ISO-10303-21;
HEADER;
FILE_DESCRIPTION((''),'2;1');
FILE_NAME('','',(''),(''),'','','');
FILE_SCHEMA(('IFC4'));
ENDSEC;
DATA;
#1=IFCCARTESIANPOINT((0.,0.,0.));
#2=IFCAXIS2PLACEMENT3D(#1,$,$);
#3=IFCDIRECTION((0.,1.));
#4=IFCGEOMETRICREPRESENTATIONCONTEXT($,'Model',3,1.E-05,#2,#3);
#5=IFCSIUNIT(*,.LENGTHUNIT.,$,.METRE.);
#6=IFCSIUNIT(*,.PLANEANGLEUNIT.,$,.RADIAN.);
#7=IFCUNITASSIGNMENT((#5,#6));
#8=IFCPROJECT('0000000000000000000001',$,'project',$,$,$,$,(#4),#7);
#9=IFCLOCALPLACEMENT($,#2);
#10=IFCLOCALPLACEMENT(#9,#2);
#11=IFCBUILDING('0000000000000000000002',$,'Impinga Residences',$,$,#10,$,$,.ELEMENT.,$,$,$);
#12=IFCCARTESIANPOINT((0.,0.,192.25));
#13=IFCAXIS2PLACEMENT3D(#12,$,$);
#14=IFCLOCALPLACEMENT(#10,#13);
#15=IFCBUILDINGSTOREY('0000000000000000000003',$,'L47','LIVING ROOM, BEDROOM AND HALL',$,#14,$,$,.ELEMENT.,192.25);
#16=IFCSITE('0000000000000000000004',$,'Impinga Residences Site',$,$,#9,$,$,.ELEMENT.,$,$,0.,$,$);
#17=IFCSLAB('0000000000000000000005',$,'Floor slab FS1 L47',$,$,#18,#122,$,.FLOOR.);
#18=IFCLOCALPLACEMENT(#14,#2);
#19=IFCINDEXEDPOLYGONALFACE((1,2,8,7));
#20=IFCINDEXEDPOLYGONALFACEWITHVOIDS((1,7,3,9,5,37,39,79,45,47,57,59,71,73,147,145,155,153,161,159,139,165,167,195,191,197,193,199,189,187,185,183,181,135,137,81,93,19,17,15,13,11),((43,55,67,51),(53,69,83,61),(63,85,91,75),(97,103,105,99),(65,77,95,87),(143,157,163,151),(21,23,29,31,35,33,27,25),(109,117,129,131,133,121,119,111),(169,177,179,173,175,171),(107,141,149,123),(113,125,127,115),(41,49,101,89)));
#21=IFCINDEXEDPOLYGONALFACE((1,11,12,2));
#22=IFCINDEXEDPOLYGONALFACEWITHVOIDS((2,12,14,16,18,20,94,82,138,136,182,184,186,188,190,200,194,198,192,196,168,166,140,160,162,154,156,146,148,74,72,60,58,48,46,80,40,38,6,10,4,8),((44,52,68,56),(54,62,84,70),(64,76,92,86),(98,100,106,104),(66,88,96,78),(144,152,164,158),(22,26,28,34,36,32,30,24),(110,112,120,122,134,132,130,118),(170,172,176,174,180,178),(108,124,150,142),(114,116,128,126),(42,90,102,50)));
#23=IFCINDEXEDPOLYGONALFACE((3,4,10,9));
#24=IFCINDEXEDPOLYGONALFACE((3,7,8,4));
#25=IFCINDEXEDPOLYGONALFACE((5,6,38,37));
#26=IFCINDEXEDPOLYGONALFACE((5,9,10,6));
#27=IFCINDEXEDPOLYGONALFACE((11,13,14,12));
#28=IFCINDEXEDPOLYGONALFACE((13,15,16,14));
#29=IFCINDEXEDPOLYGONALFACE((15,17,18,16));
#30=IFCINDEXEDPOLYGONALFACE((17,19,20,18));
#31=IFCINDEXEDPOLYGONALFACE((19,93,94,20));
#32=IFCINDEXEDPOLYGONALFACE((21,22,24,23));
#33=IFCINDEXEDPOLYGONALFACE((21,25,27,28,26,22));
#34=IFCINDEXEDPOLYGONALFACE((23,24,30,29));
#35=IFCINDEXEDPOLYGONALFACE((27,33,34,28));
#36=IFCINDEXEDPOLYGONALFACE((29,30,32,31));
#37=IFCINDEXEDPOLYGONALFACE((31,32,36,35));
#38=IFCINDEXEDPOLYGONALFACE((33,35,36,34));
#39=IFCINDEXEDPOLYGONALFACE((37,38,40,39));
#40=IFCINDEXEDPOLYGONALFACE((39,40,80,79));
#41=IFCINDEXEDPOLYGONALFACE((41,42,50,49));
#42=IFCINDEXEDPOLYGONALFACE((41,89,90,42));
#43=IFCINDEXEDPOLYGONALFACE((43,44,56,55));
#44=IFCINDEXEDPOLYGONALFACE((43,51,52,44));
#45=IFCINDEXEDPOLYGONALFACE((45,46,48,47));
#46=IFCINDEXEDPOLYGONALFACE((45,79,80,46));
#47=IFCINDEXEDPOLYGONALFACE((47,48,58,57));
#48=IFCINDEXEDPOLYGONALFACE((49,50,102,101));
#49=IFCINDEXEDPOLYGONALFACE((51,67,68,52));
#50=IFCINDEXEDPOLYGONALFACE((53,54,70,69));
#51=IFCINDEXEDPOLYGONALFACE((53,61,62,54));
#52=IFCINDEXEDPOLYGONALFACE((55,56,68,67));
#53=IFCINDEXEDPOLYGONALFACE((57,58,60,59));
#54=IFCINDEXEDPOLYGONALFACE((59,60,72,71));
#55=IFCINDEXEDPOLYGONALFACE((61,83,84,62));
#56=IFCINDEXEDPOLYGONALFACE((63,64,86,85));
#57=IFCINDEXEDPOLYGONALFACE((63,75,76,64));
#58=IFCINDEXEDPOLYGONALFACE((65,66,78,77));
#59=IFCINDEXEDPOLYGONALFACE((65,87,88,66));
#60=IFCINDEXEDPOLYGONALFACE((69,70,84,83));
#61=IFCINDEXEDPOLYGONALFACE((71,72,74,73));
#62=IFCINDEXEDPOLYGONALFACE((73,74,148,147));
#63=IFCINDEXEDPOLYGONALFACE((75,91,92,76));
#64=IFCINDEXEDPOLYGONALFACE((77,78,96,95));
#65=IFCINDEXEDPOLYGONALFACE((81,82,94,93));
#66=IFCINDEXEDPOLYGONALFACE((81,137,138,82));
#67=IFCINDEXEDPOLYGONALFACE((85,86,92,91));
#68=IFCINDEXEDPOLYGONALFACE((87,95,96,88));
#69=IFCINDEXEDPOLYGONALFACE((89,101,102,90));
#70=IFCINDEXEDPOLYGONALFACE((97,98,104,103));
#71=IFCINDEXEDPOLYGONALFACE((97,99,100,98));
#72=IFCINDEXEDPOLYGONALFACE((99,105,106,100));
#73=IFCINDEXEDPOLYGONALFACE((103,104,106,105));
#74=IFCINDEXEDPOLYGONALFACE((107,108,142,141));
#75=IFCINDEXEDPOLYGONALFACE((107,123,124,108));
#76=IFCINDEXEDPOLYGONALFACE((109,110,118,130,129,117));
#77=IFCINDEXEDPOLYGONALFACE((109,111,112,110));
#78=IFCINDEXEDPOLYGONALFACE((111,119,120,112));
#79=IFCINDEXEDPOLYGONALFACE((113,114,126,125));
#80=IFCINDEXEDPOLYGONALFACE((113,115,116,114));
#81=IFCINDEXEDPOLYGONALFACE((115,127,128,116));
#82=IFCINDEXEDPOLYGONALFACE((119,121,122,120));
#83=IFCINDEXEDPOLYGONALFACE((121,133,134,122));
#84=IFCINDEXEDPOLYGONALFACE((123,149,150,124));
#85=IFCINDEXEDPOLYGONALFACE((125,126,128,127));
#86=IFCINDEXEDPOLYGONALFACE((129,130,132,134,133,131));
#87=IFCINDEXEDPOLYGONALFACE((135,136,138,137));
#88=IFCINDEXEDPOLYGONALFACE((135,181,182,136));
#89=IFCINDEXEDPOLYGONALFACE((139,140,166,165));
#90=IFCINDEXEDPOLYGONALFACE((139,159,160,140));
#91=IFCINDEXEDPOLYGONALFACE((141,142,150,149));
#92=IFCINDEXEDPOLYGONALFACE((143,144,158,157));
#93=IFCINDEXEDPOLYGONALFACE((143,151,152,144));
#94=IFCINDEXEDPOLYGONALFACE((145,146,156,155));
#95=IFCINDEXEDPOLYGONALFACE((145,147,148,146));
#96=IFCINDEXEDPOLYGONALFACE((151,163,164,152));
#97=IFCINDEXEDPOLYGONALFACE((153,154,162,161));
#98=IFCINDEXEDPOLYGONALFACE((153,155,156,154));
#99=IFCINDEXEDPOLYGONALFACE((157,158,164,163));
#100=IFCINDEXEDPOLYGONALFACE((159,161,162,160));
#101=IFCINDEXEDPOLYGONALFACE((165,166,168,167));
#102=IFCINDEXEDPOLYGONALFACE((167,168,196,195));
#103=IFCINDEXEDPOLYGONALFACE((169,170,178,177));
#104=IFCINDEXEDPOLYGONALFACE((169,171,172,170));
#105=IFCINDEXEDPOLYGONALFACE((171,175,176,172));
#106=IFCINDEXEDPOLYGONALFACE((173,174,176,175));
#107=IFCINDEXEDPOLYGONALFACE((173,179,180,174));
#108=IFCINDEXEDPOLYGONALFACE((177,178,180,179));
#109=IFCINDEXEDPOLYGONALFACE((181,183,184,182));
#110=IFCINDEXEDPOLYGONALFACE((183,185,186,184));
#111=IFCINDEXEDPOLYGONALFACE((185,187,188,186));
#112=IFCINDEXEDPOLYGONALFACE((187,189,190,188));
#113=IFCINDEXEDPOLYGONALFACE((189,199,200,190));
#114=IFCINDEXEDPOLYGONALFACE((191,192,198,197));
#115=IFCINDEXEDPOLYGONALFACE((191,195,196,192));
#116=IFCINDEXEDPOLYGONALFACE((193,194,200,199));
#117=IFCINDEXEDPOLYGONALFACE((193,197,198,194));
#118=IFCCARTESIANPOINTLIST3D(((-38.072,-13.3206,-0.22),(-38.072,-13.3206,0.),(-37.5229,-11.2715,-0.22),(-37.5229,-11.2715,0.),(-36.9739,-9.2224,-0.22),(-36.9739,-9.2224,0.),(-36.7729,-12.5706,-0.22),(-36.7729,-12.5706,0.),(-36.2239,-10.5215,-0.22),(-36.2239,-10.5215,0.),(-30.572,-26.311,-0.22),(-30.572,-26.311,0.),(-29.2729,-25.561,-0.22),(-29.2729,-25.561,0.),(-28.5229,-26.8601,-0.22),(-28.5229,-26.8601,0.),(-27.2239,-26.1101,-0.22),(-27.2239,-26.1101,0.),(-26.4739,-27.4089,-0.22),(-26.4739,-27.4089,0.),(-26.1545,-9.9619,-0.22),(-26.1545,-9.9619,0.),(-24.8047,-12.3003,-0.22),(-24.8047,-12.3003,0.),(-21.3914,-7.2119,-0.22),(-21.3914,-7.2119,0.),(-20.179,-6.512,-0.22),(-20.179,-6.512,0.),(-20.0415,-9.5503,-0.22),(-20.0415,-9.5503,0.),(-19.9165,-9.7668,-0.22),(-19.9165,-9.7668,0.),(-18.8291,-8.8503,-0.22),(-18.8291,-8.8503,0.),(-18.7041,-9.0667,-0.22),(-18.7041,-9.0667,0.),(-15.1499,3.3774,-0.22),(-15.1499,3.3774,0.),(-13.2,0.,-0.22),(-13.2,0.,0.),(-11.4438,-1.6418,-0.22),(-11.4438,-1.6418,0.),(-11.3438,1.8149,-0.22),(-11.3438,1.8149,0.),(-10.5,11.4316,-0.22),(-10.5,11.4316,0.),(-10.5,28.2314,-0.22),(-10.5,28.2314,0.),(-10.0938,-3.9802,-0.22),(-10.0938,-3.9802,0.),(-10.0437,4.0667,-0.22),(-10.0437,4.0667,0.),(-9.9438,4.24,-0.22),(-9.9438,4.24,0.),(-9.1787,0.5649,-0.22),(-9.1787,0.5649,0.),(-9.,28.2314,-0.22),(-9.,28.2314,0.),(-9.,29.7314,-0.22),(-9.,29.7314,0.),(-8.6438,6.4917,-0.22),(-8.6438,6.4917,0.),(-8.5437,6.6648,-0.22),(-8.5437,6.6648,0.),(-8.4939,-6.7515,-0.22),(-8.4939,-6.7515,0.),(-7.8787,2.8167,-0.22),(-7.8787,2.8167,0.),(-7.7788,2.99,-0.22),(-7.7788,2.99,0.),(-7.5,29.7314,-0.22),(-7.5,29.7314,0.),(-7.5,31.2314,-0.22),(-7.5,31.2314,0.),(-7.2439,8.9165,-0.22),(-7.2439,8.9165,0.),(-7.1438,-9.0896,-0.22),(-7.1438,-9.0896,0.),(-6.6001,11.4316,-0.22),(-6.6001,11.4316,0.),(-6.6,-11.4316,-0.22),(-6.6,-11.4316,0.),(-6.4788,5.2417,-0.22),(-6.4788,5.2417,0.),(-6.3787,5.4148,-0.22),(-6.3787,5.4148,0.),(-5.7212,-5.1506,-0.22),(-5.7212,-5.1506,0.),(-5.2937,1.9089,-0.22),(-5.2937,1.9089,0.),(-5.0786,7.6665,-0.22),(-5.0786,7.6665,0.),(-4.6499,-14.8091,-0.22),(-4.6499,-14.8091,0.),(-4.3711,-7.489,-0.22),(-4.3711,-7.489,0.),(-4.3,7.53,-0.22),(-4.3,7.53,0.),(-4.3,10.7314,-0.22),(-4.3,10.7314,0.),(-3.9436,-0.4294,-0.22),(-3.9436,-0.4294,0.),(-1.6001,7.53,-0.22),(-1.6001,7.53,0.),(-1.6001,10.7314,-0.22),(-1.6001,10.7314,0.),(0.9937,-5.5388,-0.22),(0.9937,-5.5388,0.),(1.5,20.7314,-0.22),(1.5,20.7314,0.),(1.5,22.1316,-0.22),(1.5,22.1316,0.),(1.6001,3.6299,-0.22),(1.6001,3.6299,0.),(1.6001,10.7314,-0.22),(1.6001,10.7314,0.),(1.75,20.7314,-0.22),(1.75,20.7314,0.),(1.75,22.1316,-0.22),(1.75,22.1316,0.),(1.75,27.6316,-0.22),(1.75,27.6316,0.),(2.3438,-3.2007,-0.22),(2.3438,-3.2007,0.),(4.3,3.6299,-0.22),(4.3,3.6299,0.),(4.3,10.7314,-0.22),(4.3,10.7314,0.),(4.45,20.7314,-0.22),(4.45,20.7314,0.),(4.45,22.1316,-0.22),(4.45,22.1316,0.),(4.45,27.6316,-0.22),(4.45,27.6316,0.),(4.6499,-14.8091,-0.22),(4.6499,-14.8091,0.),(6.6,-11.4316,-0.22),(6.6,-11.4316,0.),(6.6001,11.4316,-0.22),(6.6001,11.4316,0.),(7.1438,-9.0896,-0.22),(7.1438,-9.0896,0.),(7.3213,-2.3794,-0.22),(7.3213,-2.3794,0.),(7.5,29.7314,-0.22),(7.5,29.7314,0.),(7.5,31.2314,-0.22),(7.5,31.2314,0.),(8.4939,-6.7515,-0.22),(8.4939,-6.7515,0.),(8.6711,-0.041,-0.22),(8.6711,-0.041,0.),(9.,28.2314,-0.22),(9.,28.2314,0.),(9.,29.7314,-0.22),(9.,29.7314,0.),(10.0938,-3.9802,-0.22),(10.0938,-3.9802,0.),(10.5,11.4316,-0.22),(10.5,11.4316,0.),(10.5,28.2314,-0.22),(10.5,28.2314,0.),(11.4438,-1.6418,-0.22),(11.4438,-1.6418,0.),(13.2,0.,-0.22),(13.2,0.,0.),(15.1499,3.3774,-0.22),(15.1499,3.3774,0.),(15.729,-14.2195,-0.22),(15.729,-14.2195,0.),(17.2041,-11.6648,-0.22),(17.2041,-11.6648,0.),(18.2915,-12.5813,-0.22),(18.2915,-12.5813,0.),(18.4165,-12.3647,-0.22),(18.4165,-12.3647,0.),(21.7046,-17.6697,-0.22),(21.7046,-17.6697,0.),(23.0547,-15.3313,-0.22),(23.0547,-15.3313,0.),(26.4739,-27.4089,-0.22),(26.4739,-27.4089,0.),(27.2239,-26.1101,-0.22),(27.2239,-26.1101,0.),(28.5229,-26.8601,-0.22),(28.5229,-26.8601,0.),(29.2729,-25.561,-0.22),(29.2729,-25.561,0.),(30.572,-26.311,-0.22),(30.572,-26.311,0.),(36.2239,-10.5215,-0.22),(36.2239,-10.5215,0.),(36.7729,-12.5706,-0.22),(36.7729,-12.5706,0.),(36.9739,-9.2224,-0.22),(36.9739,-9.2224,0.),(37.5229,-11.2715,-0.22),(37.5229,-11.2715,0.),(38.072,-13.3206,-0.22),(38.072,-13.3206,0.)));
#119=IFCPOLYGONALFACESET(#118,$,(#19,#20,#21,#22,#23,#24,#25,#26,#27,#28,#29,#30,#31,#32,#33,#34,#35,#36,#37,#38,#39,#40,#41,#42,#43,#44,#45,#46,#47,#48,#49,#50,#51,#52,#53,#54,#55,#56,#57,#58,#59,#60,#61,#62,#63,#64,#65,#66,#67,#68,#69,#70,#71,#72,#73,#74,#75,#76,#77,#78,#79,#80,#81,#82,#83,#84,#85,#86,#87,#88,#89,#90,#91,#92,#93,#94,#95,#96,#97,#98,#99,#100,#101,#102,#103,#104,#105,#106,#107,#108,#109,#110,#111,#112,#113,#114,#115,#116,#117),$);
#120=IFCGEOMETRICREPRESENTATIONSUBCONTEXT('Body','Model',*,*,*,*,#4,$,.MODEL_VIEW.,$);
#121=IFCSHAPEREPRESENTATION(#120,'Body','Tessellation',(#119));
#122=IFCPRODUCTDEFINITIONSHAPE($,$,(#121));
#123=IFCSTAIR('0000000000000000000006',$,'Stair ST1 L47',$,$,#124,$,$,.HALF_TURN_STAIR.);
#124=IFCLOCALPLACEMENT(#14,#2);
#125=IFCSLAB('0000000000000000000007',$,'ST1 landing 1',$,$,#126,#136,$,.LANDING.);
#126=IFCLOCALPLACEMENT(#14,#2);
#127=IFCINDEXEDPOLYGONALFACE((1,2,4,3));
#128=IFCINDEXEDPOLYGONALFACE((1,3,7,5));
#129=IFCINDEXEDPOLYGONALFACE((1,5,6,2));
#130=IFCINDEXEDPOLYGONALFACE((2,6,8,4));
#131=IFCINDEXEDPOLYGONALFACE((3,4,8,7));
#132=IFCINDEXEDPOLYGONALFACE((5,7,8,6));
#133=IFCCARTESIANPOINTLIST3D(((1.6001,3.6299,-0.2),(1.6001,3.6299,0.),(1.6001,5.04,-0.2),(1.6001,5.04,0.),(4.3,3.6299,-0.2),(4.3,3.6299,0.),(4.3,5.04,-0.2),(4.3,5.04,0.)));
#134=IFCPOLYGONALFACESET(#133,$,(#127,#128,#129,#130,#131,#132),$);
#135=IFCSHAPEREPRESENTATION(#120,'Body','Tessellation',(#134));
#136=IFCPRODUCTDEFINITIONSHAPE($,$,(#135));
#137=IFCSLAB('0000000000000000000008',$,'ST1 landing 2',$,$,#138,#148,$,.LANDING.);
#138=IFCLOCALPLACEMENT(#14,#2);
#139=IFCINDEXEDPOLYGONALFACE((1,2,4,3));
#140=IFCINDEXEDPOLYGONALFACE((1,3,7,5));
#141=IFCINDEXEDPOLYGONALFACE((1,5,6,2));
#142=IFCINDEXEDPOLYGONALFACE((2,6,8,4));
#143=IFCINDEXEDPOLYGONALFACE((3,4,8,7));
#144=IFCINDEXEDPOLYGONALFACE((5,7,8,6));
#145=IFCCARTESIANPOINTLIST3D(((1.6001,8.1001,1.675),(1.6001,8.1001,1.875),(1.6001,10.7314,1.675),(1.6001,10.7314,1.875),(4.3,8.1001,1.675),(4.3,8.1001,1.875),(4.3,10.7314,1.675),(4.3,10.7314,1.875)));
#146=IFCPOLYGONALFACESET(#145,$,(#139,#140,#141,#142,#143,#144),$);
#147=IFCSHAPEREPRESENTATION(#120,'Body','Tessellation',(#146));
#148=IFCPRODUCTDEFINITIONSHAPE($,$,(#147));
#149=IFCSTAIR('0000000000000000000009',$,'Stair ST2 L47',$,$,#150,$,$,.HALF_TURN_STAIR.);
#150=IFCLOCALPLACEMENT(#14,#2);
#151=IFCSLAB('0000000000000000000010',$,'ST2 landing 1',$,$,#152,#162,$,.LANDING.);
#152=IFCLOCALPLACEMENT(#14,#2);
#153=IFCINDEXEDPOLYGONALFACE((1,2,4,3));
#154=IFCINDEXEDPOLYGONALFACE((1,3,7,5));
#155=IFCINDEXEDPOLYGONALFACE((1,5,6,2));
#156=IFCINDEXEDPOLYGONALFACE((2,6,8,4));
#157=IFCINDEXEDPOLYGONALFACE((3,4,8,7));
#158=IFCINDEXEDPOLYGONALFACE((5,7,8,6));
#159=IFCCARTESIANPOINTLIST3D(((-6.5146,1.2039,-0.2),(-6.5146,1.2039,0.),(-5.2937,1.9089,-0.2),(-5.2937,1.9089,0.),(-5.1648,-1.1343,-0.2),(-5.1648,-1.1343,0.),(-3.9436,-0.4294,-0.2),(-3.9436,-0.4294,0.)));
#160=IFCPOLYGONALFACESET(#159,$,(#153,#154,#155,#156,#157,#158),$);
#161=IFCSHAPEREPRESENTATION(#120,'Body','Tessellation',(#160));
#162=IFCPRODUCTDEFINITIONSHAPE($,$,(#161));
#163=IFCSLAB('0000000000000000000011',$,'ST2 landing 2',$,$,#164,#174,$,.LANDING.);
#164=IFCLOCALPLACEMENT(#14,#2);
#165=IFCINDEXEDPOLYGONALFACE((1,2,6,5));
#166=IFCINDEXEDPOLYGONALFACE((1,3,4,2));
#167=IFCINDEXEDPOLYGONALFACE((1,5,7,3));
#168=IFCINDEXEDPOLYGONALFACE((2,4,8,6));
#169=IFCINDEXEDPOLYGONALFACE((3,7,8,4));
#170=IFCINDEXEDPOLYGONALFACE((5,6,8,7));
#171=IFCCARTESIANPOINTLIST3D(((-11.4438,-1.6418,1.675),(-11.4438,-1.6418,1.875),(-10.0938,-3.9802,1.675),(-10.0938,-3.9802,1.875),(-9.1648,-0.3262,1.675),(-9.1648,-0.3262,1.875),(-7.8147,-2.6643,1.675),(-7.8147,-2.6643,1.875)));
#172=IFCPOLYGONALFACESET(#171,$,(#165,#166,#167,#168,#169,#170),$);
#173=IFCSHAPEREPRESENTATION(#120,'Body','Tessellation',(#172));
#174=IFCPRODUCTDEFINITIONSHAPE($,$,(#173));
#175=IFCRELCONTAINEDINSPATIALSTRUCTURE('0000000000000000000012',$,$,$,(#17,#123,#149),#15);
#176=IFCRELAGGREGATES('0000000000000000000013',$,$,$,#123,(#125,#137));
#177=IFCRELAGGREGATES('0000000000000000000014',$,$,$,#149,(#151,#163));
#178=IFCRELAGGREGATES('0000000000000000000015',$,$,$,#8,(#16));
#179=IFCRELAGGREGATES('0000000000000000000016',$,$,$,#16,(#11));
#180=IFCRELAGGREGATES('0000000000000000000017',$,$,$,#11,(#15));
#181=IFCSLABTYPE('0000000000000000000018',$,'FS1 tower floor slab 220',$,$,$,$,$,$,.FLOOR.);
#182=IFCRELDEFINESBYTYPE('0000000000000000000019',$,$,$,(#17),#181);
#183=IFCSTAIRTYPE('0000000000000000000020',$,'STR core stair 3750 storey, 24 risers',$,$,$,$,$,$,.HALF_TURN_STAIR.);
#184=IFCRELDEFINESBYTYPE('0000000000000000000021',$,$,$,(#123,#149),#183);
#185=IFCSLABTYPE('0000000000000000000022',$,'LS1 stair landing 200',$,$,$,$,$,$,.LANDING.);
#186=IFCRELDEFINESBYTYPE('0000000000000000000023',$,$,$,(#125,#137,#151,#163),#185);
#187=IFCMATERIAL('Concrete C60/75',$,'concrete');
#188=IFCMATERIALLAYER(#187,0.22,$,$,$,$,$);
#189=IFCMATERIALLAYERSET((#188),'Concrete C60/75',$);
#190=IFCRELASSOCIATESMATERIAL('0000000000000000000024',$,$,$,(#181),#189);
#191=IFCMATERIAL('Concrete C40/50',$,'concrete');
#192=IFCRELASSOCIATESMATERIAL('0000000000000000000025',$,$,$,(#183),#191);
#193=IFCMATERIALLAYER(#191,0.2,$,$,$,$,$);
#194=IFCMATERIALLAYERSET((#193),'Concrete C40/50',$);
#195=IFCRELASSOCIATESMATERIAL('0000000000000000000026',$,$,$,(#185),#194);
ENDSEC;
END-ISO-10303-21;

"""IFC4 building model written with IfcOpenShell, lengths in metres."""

from ifc_helpers import new_model, si_unit, direction, frame, origin, place, context, subcontext, project, spatial, polyline, outline, extrude, material, layer, layer_set, type_object, element, aggregate, save


model = new_model("IFC4")

# Units and contexts
model_context = context("Model", 3, precision=1e-05, world=origin(), true_north=direction((0.0, 1.0)))
body_context = subcontext(model_context, "Body", "Model", "MODEL_VIEW")
ifc_project = project(units=[si_unit("LENGTHUNIT", "METRE"), si_unit("PLANEANGLEUNIT", "RADIAN")], contexts=[model_context])

# Site, building, storey
site_placement = place(None, origin())
site = spatial("IfcSite", under=ifc_project, at=site_placement, Name="Impinga Residences Site", CompositionType="ELEMENT", RefElevation=0.0)
building_placement = place(site_placement, origin())
building = spatial("IfcBuilding", under=site, at=building_placement, Name="Impinga Residences", CompositionType="ELEMENT")
storey_placement = place(building_placement, frame((0.0, 0.0, 192.25)))
storey = spatial("IfcBuildingStorey", under=building, at=storey_placement, Name="L47", Description="LIVING ROOM, BEDROOM AND HALL", CompositionType="ELEMENT", Elevation=192.25)

# Slab
ifc_material_1 = material(Name="Concrete C60/75", Category="concrete")
ifc_layer_1 = layer(ifc_material_1, 0.22)
ifc_layer_set_1 = layer_set([ifc_layer_1], Name="Concrete C60/75")
slab_type_1 = type_object("IfcSlabType", Name="FS1 tower floor slab 220", PredefinedType="FLOOR", material=ifc_layer_set_1)
slab_1_placement = place(storey_placement, frame((0.0, 0.0, -0.22)))
element("IfcSlab", 1, at=slab_1_placement, inside=storey, type_object=slab_type_1, Name="Floor slab FS1 L47", PredefinedType="FLOOR", context=body_context, shape_type="SweptSolid", body=[
    extrude(outline(polyline([(-27.2239, -26.1101), (-28.5229, -26.8601), (-29.2729, -25.561), (-30.572, -26.311), (-38.072, -13.3206), (-36.7729, -12.5706), (-37.5229, -11.2715), (-36.2239, -10.5215), (-36.9739, -9.2224), (-15.1499, 3.3774), (-13.2, 0.0), (-6.6001, 11.4316), (-10.5, 11.4316), (-10.5, 28.2314), (-9.0, 28.2314), (-9.0, 29.7314), (-7.5, 29.7314), (-7.5, 31.2314), (7.5, 31.2314), (7.5, 29.7314), (9.0, 29.7314), (9.0, 28.2314), (10.5, 28.2314), (10.5, 11.4316), (6.6001, 11.4316), (13.2, 0.0), (15.1499, 3.3774), (36.9739, -9.2224), (36.2239, -10.5215), (37.5229, -11.2715), (36.7729, -12.5706), (38.072, -13.3206), (30.572, -26.311), (29.2729, -25.561), (28.5229, -26.8601), (27.2239, -26.1101), (26.4739, -27.4089), (4.6499, -14.8091), (9.9001, -5.7158), (6.6001, -11.4316), (-6.6001, -11.4316), (-9.9001, -5.7158), (-4.6499, -14.8091), (-26.4739, -27.4089), (-27.2239, -26.1101)]), holes=[polyline([(-18.7041, -9.0667), (-18.8291, -8.8503), (-18.8291, -8.8503), (-20.179, -6.512), (-21.3914, -7.2119), (-21.3914, -7.2119), (-26.1545, -9.9619), (-24.8047, -12.3003), (-20.0415, -9.5503), (-19.9165, -9.7668), (-18.7041, -9.0667)]), polyline([(-5.7212, -5.1506), (-8.4939, -6.7515), (-7.1438, -9.0896), (-4.3711, -7.489), (-5.7212, -5.1506)]), polyline([(-5.2937, 1.9089), (-11.4438, -1.6418), (-10.0938, -3.9802), (-3.9436, -0.4294), (-5.2937, 1.9089)]), polyline([(-7.8787, 2.8167), (-10.0437, 4.0667), (-11.3438, 1.8149), (-9.1787, 0.5649), (-7.8787, 2.8167)]), polyline([(-6.4788, 5.2417), (-8.6438, 6.4917), (-9.9438, 4.24), (-7.7788, 2.99), (-6.4788, 5.2417)]), polyline([(-6.3787, 5.4148), (-5.0786, 7.6665), (-7.2439, 8.9165), (-8.5437, 6.6648), (-6.3787, 5.4148)]), polyline([(-4.3, 7.53), (-1.6001, 7.53), (-1.6001, 10.7314), (-4.3, 10.7314), (-4.3, 7.53)]), polyline([(15.729, -14.2195), (21.7046, -17.6697), (23.0547, -15.3313), (18.2915, -12.5813), (18.4165, -12.3647), (17.2041, -11.6648), (15.729, -14.2195)]), polyline([(0.9937, -5.5388), (7.1438, -9.0896), (8.4939, -6.7515), (2.3438, -3.2007), (0.9937, -5.5388)]), polyline([(7.3213, -2.3794), (10.0938, -3.9802), (11.4438, -1.6418), (8.6711, -0.041), (7.3213, -2.3794)]), polyline([(4.3, 3.6299), (4.3, 10.7314), (1.6001, 10.7314), (1.6001, 3.6299), (4.3, 3.6299)]), polyline([(1.75, 22.1316), (1.5, 22.1316), (1.5, 20.7314), (1.75, 20.7314), (4.45, 20.7314), (4.45, 22.1316), (4.45, 27.6316), (1.75, 27.6316), (1.75, 22.1316)])]), origin(), (0.0, 0.0, 1.0), 0.22),
])

# Stairs, slabs
ifc_material_2 = material(Name="Concrete C40/50", Category="concrete")
stair_type_1 = type_object("IfcStairType", Name="STR core stair 3750 storey, 24 risers", PredefinedType="HALF_TURN_STAIR", material=ifc_material_2)
stair_1_placement = place(storey_placement, origin())
stair_1 = element("IfcStair", 2, at=stair_1_placement, inside=storey, type_object=stair_type_1, Name="Stair ST1 L47", PredefinedType="HALF_TURN_STAIR")
ifc_layer_2 = layer(ifc_material_2, 0.2)
ifc_layer_set_2 = layer_set([ifc_layer_2], Name="Concrete C40/50")
slab_type_2 = type_object("IfcSlabType", Name="LS1 stair landing 200", PredefinedType="LANDING", material=ifc_layer_set_2)
slab_2_placement = place(storey_placement, frame((0.0, 0.0, -0.2)))
slab_2 = element("IfcSlab", 3, at=slab_2_placement, type_object=slab_type_2, Name="ST1 landing 1", PredefinedType="LANDING", context=body_context, shape_type="SweptSolid", body=[
    extrude(outline(polyline([(1.6001, 3.6299), (4.3, 3.6299), (4.3, 5.04), (1.6001, 5.04), (1.6001, 3.6299)])), origin(), (0.0, 0.0, 1.0), 0.2),
])
slab_3_placement = place(storey_placement, frame((0.0, 0.0, 1.675)))
slab_3 = element("IfcSlab", 4, at=slab_3_placement, type_object=slab_type_2, Name="ST1 landing 2", PredefinedType="LANDING", context=body_context, shape_type="SweptSolid", body=[
    extrude(outline(polyline([(1.6001, 8.1001), (4.3, 8.1001), (4.3, 10.7314), (1.6001, 10.7314), (1.6001, 8.1001)])), origin(), (0.0, 0.0, 1.0), 0.2),
])
aggregate(stair_1, [slab_2, slab_3])
stair_2_placement = place(storey_placement, origin())
stair_2 = element("IfcStair", 5, at=stair_2_placement, inside=storey, type_object=stair_type_1, Name="Stair ST2 L47", PredefinedType="HALF_TURN_STAIR")
slab_4_placement = place(storey_placement, frame((0.0, 0.0, -0.2)))
slab_4 = element("IfcSlab", 6, at=slab_4_placement, type_object=slab_type_2, Name="ST2 landing 1", PredefinedType="LANDING", context=body_context, shape_type="SweptSolid", body=[
    extrude(outline(polyline([(-3.9436, -0.4294), (-5.2937, 1.9089), (-6.5146, 1.2039), (-5.1648, -1.1343), (-3.9436, -0.4294)])), origin(), (0.0, 0.0, 1.0), 0.2),
])
slab_5_placement = place(storey_placement, frame((0.0, 0.0, 1.675)))
slab_5 = element("IfcSlab", 7, at=slab_5_placement, type_object=slab_type_2, Name="ST2 landing 2", PredefinedType="LANDING", context=body_context, shape_type="SweptSolid", body=[
    extrude(outline(polyline([(-7.8147, -2.6643), (-9.1648, -0.3262), (-11.4438, -1.6418), (-10.0938, -3.9802), (-7.8147, -2.6643)])), origin(), (0.0, 0.0, 1.0), 0.2),
])

aggregate(stair_2, [slab_4, slab_5])

save(model, "model.ifc")
